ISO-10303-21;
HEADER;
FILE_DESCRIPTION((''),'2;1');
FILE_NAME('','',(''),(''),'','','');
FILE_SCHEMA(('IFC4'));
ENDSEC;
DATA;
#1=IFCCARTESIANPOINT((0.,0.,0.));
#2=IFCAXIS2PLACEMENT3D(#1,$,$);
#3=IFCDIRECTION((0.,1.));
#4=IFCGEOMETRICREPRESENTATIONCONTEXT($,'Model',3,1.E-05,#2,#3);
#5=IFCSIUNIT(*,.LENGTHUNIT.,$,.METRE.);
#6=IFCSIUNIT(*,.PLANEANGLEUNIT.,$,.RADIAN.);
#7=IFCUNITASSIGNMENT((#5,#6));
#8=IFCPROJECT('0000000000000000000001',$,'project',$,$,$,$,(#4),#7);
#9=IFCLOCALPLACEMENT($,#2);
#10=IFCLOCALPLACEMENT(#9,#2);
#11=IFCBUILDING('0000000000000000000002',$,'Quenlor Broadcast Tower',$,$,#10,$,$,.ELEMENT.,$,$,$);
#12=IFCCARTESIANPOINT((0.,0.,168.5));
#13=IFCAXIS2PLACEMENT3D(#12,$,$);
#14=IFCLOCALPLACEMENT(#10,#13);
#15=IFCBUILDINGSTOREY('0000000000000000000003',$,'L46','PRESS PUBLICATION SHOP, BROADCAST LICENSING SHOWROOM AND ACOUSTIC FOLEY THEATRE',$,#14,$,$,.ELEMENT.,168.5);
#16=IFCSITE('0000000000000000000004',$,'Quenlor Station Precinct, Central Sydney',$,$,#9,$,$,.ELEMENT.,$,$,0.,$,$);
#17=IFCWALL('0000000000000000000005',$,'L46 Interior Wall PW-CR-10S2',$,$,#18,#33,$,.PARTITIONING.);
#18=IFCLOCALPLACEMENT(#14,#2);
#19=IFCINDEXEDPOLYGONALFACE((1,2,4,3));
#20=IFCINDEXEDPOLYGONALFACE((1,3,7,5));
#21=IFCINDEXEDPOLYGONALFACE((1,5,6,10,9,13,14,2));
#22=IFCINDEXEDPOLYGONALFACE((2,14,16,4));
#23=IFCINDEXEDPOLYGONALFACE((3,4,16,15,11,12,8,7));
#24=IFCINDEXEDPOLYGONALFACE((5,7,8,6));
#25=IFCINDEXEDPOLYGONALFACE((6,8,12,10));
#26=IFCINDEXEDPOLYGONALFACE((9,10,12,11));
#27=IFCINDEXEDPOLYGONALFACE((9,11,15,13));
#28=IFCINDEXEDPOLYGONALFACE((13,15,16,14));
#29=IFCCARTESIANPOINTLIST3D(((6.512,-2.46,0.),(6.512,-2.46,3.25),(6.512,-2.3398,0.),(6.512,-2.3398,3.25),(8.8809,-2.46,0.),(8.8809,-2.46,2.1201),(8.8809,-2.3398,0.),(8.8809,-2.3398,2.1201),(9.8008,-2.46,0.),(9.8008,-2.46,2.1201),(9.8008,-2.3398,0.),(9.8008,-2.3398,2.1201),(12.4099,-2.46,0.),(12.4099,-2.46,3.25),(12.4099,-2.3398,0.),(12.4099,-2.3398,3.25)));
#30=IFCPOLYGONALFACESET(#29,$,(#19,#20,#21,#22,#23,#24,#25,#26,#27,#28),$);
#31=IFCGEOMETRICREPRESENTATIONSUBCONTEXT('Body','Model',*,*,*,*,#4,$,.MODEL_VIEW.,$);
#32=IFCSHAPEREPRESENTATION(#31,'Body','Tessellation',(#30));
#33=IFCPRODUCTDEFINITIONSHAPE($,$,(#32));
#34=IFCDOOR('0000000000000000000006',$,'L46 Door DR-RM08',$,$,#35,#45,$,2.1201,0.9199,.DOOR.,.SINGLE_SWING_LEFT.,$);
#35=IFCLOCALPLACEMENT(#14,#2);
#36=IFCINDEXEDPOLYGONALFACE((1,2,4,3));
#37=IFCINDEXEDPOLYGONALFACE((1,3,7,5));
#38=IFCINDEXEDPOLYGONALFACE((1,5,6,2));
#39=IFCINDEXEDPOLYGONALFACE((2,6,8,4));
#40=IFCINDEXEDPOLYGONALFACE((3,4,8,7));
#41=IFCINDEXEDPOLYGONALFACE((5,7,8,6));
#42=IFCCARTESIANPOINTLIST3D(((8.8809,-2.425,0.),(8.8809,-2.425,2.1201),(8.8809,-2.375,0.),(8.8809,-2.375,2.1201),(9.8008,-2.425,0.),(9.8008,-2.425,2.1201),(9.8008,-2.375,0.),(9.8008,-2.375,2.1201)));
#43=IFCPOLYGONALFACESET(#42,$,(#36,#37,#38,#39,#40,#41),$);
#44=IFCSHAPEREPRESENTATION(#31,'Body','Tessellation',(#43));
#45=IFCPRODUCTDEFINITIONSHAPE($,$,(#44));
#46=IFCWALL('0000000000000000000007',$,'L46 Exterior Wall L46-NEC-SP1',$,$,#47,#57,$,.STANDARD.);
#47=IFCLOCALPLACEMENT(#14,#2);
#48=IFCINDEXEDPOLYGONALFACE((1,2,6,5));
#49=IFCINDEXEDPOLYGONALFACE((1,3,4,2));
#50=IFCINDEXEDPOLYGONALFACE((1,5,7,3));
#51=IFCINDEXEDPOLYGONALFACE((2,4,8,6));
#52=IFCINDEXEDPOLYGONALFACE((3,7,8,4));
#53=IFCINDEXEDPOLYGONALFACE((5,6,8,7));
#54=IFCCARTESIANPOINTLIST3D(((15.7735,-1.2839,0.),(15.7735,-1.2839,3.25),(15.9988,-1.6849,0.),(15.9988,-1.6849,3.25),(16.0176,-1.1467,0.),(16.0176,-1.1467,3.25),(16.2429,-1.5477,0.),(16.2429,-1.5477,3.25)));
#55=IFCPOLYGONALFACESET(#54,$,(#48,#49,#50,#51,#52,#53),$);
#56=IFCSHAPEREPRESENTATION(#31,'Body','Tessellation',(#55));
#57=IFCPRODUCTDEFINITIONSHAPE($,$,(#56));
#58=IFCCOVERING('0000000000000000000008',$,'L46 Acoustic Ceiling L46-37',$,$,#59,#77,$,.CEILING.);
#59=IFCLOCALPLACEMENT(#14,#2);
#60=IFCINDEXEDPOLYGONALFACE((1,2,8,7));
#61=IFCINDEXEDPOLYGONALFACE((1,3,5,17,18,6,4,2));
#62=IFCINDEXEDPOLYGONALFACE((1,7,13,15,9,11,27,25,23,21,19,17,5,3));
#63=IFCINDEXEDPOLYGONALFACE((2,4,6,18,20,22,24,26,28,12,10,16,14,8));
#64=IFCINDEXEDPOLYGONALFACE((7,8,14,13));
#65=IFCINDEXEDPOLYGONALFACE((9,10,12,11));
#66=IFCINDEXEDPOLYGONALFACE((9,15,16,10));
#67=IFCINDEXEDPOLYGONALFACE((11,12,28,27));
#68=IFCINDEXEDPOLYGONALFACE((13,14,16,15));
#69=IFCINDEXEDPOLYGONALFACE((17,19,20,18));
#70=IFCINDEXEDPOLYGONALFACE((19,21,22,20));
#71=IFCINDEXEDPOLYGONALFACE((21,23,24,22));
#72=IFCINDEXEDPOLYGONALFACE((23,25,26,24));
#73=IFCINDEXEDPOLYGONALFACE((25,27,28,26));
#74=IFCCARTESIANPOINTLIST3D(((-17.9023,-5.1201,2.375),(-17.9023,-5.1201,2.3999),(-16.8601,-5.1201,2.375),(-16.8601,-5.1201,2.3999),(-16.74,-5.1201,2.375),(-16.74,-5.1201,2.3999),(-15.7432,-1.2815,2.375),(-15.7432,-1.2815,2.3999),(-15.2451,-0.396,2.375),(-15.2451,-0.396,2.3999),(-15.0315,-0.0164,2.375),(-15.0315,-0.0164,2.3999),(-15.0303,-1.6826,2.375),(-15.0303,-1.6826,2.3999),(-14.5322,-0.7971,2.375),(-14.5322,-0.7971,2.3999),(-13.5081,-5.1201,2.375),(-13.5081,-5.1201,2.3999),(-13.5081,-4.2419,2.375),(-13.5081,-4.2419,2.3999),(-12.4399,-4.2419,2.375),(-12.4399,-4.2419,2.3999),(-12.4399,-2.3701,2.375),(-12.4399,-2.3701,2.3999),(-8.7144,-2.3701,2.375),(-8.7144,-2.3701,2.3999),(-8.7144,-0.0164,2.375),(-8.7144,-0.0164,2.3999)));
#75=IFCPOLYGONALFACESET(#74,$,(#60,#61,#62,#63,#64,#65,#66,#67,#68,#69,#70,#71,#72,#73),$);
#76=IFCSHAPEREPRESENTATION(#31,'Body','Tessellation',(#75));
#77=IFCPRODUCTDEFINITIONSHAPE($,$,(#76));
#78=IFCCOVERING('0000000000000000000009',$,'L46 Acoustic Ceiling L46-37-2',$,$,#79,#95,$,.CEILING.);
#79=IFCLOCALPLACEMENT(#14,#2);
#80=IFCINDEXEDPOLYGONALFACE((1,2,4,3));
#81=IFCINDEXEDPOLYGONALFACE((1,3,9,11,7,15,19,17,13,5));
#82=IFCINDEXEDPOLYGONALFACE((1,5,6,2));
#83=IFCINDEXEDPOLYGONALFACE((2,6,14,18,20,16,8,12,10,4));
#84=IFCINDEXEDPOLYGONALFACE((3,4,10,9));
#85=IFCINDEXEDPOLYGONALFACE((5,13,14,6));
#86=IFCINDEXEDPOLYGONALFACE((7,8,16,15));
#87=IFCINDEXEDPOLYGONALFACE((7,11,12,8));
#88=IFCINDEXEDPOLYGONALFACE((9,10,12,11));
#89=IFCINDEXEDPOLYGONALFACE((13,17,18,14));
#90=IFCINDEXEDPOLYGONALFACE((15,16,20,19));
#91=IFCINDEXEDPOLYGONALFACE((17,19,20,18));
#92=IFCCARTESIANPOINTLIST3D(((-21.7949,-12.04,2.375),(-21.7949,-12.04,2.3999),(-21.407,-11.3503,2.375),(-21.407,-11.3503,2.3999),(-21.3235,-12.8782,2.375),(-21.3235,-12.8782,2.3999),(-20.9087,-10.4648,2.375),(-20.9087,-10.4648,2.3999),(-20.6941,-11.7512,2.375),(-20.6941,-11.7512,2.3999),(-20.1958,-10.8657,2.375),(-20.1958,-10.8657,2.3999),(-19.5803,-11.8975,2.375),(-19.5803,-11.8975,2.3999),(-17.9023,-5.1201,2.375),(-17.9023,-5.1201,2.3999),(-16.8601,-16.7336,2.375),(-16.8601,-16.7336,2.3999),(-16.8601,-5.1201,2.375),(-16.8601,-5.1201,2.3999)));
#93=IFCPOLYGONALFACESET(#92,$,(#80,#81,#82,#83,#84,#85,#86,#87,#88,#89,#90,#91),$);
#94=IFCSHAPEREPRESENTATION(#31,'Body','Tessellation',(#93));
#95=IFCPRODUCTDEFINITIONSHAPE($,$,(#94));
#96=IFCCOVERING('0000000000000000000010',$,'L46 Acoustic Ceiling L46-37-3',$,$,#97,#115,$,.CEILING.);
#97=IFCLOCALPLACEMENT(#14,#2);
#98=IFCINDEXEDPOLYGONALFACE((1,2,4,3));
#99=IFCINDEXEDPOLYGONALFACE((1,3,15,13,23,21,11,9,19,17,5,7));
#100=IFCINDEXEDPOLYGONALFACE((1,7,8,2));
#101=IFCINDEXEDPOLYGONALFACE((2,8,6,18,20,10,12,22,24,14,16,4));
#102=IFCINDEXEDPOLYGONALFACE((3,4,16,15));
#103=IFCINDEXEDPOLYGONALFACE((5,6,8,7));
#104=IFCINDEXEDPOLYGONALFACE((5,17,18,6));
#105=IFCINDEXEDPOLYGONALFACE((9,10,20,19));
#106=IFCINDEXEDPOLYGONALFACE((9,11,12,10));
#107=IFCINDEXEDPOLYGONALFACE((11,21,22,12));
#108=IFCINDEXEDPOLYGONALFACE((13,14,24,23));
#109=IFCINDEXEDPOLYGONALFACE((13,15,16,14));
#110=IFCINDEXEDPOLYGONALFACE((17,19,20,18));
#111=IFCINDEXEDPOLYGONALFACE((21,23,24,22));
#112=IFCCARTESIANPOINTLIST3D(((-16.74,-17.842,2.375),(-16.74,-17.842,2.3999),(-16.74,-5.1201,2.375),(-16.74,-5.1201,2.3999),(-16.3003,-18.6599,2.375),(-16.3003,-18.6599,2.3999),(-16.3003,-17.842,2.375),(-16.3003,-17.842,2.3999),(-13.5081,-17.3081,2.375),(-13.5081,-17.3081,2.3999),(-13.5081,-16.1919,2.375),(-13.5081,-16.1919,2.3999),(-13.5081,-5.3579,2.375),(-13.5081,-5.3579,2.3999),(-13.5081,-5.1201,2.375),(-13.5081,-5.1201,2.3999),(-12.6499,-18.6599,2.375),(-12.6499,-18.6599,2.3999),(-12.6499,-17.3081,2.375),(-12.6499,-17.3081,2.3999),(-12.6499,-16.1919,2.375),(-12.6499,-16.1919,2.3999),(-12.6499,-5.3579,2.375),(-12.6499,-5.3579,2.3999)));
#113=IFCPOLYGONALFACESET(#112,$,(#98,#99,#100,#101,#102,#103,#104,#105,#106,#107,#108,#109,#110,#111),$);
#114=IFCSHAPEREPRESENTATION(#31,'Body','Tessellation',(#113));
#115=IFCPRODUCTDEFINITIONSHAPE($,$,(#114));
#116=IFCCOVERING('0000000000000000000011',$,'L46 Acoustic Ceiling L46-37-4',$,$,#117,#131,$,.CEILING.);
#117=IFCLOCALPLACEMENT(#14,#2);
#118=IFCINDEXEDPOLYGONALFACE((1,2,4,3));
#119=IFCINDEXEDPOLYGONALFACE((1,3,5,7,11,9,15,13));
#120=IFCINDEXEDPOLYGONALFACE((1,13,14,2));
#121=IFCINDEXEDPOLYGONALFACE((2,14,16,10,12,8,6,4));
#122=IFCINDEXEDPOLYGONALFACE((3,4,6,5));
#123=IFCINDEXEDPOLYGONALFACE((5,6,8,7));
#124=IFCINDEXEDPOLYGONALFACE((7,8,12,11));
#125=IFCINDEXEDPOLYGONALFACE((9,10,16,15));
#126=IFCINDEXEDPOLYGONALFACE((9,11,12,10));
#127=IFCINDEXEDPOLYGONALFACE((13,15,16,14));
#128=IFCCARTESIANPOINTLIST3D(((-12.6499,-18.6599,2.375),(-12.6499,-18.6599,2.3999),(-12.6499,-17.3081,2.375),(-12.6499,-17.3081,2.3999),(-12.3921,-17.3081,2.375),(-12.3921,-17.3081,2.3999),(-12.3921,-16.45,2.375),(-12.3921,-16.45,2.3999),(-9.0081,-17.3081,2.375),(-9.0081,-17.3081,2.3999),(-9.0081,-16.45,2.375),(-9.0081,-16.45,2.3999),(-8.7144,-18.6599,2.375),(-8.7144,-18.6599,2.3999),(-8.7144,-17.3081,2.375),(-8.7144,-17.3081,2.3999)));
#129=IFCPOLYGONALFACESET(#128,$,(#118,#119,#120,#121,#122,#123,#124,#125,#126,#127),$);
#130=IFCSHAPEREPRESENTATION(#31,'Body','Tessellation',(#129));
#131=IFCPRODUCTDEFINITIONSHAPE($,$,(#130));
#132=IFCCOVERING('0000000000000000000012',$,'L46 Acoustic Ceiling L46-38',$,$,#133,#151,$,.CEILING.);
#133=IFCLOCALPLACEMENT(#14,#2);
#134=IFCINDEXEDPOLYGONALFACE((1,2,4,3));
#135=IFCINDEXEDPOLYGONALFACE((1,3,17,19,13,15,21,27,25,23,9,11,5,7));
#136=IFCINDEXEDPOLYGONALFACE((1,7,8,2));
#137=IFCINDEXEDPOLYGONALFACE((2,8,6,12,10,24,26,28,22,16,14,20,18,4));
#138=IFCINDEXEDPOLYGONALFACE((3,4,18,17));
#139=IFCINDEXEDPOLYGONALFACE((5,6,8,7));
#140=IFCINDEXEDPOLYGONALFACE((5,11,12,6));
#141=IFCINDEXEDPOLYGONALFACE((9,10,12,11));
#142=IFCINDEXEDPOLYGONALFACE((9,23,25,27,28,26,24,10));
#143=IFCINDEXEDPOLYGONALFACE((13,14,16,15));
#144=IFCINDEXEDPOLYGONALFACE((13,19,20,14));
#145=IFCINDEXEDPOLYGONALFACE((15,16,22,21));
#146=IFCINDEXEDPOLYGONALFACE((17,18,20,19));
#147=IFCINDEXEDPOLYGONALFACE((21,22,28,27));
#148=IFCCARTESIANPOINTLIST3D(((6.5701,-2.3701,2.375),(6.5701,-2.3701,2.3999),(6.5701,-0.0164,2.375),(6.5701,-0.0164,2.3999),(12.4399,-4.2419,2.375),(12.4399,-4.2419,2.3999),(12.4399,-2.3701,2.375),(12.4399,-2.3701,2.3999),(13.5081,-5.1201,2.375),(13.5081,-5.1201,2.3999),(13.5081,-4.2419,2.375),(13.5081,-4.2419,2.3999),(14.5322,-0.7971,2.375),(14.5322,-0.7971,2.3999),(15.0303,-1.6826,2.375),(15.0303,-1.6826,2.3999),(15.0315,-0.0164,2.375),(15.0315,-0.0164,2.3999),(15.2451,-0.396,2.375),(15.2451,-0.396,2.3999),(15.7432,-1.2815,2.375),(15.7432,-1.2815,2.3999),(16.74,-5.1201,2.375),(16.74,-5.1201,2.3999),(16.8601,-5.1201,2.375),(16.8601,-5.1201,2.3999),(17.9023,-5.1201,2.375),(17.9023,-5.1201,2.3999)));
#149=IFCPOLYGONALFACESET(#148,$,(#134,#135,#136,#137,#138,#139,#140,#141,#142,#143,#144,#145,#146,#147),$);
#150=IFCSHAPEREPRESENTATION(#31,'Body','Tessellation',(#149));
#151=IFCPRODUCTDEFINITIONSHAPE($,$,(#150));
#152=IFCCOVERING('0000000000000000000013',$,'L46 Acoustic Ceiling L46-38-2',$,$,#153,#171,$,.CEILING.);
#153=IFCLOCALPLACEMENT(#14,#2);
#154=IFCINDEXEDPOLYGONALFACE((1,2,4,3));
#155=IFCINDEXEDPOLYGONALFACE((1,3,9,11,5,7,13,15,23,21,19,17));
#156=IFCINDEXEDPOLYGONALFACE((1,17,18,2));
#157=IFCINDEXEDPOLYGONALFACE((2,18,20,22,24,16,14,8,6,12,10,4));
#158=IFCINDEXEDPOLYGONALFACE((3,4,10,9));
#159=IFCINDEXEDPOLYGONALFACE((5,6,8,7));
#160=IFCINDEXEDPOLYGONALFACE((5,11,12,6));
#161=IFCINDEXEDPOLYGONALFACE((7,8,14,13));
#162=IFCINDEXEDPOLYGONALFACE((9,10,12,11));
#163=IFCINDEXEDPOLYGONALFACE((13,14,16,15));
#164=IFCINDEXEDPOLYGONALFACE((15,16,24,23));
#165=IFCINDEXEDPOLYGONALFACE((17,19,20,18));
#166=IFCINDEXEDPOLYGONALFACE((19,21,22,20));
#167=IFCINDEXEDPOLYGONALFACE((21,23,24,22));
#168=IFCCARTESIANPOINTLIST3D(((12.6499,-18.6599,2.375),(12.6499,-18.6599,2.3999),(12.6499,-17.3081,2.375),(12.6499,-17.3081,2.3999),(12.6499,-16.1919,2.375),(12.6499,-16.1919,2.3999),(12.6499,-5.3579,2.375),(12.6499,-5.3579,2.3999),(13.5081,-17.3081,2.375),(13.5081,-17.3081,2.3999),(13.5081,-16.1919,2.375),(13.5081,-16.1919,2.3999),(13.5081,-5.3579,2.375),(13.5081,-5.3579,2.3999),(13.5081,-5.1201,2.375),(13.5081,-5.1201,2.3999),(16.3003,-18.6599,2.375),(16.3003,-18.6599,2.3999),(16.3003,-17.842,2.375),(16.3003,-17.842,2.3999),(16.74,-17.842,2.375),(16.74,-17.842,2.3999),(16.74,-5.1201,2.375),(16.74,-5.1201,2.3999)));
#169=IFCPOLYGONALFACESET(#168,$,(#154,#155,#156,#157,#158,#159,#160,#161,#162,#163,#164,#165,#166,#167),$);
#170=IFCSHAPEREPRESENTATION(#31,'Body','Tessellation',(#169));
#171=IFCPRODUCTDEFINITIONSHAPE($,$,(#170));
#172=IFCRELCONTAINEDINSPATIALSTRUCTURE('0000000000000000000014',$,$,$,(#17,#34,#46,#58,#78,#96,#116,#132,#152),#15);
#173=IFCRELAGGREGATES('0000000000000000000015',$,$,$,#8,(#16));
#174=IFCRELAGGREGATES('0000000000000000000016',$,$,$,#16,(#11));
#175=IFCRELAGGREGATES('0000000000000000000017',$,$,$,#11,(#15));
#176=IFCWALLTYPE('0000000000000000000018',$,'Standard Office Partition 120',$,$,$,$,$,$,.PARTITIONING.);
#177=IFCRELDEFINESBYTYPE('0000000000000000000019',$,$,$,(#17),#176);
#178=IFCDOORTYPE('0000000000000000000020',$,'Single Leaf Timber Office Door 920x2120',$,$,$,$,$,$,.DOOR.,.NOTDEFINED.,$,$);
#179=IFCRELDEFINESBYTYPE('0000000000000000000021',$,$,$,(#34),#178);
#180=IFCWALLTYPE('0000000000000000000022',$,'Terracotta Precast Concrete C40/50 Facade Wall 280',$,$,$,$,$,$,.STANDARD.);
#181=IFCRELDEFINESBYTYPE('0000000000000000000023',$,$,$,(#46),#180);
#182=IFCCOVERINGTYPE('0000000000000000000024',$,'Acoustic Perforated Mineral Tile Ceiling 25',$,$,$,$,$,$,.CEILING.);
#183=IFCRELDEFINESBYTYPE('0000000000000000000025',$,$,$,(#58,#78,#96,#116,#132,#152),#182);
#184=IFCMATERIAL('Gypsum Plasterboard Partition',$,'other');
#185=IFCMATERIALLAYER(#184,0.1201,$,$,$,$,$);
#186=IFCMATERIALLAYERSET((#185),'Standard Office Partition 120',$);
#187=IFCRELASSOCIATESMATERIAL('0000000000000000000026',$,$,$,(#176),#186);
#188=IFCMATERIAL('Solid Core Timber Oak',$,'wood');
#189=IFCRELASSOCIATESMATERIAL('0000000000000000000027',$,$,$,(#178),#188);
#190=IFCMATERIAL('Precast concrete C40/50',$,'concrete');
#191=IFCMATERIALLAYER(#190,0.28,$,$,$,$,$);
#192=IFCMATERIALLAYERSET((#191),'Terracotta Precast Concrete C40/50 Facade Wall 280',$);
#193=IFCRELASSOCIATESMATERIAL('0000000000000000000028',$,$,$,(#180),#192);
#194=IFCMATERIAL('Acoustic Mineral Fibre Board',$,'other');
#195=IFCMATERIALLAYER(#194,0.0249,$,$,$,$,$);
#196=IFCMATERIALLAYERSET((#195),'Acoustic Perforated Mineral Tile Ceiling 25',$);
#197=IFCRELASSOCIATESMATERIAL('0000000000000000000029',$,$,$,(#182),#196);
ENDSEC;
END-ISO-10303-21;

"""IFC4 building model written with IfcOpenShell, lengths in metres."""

from ifc_helpers import new_model, si_unit, direction, frame, frame_2d, origin, place, context, subcontext, project, spatial, polyline, rectangle, outline, extrude, material, layer, layer_set, type_object, element, fill, save


model = new_model("IFC4")

# Units and contexts
model_context = context("Model", 3, precision=1e-05, world=origin(), true_north=direction((0.0, 1.0)))
body_context = subcontext(model_context, "Body", "Model", "MODEL_VIEW")
ifc_project = project(units=[si_unit("LENGTHUNIT", "METRE"), si_unit("PLANEANGLEUNIT", "RADIAN")], contexts=[model_context])

# Site, building, storey
site_placement = place(None, origin())
site = spatial("IfcSite", under=ifc_project, at=site_placement, Name="Quenlor Station Precinct, Central Sydney", CompositionType="ELEMENT", RefElevation=0.0)
building_placement = place(site_placement, origin())
building = spatial("IfcBuilding", under=site, at=building_placement, Name="Quenlor Broadcast Tower", CompositionType="ELEMENT")
storey_placement = place(building_placement, frame((0.0, 0.0, 168.5)))
storey = spatial("IfcBuildingStorey", under=building, at=storey_placement, Name="L46", Description="PRESS PUBLICATION SHOP, BROADCAST LICENSING SHOWROOM AND ACOUSTIC FOLEY THEATRE", CompositionType="ELEMENT", Elevation=168.5)

# Shared definitions
ifc_material_1 = material(Name="Gypsum Plasterboard Partition", Category="other")
ifc_layer_1 = layer(ifc_material_1, 0.1201)
ifc_layer_set_1 = layer_set([ifc_layer_1], Name="Standard Office Partition 120")
wall_type_1 = type_object("IfcWallType", Name="Standard Office Partition 120", PredefinedType="PARTITIONING", material=ifc_layer_set_1)

# Wall, opening, door
wall_1_placement = place(storey_placement, frame((6.512, -2.3999, 0.0), z_axis=(0.0, 0.0, 1.0), x_axis=(1.0, 0.0, 0.0)))
wall_1 = element("IfcWall", 1, at=wall_1_placement, inside=storey, type_object=wall_type_1, Name="L46 Interior Wall PW-CR-10S2", PredefinedType="PARTITIONING", context=body_context, shape_type="SweptSolid", body=[
    extrude(rectangle(XDim=5.8979, YDim=0.1201, at=frame_2d((2.949, 0.0))), origin(), (0.0, 0.0, 1.0), 3.25),
])
opening_placement = place(wall_1_placement, frame((2.3689, 0.0, 0.0)))
opening = element("IfcOpeningElement", 2, at=opening_placement, cuts=wall_1, PredefinedType="OPENING", context=body_context, shape_type="SweptSolid", body=[
    extrude(rectangle(XDim=0.9199, YDim=2.1201, at=frame_2d((0.46, 1.0601))), frame((0.0, 0.0701, 0.0), z_axis=(0.0, -1.0, 0.0), x_axis=(1.0, 0.0, 0.0)), (0.0, 0.0, 1.0), 0.1401),
])
ifc_material_2 = material(Name="Solid Core Timber Oak", Category="wood")
door_type = type_object("IfcDoorType", Name="Single Leaf Timber Office Door 920x2120", OperationType="NOTDEFINED", PredefinedType="DOOR", material=ifc_material_2)
door_placement = place(opening_placement, origin())
door = element("IfcDoor", 3, at=door_placement, inside=storey, type_object=door_type, Name="L46 Door DR-RM08", OperationType="SINGLE_SWING_LEFT", OverallHeight=2.1201, OverallWidth=0.9199, PredefinedType="DOOR", context=body_context, shape_type="SweptSolid", body=[
    extrude(rectangle(XDim=0.9199, YDim=2.1201, at=frame_2d((0.46, 1.0601))), frame((0.0, 0.0249, 0.0), z_axis=(0.0, -1.0, 0.0), x_axis=(1.0, 0.0, 0.0)), (0.0, 0.0, 1.0), 0.05),
])
fill(opening, door)

# Wall
ifc_material_3 = material(Name="Precast concrete C40/50", Category="concrete")
ifc_layer_2 = layer(ifc_material_3, 0.28)
ifc_layer_set_2 = layer_set([ifc_layer_2], Name="Terracotta Precast Concrete C40/50 Facade Wall 280")
wall_type_2 = type_object("IfcWallType", Name="Terracotta Precast Concrete C40/50 Facade Wall 280", PredefinedType="STANDARD", material=ifc_layer_set_2)
wall_2_placement = place(storey_placement, frame((15.8955, -1.2153, 0.0), z_axis=(0.0, 0.0, 1.0), x_axis=(0.490009, -0.871717, 0.0)))
element("IfcWall", 4, at=wall_2_placement, inside=storey, type_object=wall_type_2, Name="L46 Exterior Wall L46-NEC-SP1", PredefinedType="STANDARD", context=body_context, shape_type="SweptSolid", body=[
    extrude(rectangle(XDim=0.46, YDim=0.28, at=frame_2d((0.23, 0.0))), origin(), (0.0, 0.0, 1.0), 3.25),
])

# Coverings
ifc_material_4 = material(Name="Acoustic Mineral Fibre Board", Category="other")
ifc_layer_3 = layer(ifc_material_4, 0.0249)
ifc_layer_set_3 = layer_set([ifc_layer_3], Name="Acoustic Perforated Mineral Tile Ceiling 25")
covering_type = type_object("IfcCoveringType", Name="Acoustic Perforated Mineral Tile Ceiling 25", PredefinedType="CEILING", material=ifc_layer_set_3)
covering_1_placement = place(storey_placement, frame((0.0, 0.0, 2.375)))
element("IfcCovering", 5, at=covering_1_placement, inside=storey, type_object=covering_type, Name="L46 Acoustic Ceiling L46-37", PredefinedType="CEILING", context=body_context, shape_type="SweptSolid", body=[
    extrude(outline(polyline([(-15.7432, -1.2815), (-15.0303, -1.6826), (-14.5322, -0.7971), (-15.2451, -0.396), (-15.0315, -0.0164), (-8.7144, -0.0164), (-8.7144, -2.3701), (-12.4399, -2.3701), (-12.4399, -4.2419), (-13.5081, -4.2419), (-13.5081, -5.1201), (-16.74, -5.1201), (-16.8601, -5.1201), (-17.9023, -5.1201), (-15.7432, -1.2815)])), origin(), (0.0, 0.0, 1.0), 0.0249),
])
covering_2_placement = place(storey_placement, frame((0.0, 0.0, 2.375)))
element("IfcCovering", 6, at=covering_2_placement, inside=storey, type_object=covering_type, Name="L46 Acoustic Ceiling L46-37-2", PredefinedType="CEILING", context=body_context, shape_type="SweptSolid", body=[
    extrude(outline(polyline([(-20.1958, -10.8657), (-20.9087, -10.4648), (-17.9023, -5.1201), (-16.8601, -5.1201), (-16.8601, -16.7336), (-19.5803, -11.8975), (-21.3235, -12.8782), (-21.7949, -12.04), (-21.407, -11.3503), (-20.6941, -11.7512), (-20.1958, -10.8657)])), origin(), (0.0, 0.0, 1.0), 0.0249),
])
covering_3_placement = place(storey_placement, frame((0.0, 0.0, 2.375)))
element("IfcCovering", 7, at=covering_3_placement, inside=storey, type_object=covering_type, Name="L46 Acoustic Ceiling L46-37-3", PredefinedType="CEILING", context=body_context, shape_type="SweptSolid", body=[
    extrude(outline(polyline([(-13.5081, -5.3579), (-12.6499, -5.3579), (-12.6499, -16.1919), (-13.5081, -16.1919), (-13.5081, -17.3081), (-12.6499, -17.3081), (-12.6499, -18.6599), (-16.3003, -18.6599), (-16.3003, -17.842), (-16.74, -17.842), (-16.74, -5.1201), (-13.5081, -5.1201), (-13.5081, -5.3579)])), origin(), (0.0, 0.0, 1.0), 0.0249),
])
covering_4_placement = place(storey_placement, frame((0.0, 0.0, 2.375)))
element("IfcCovering", 8, at=covering_4_placement, inside=storey, type_object=covering_type, Name="L46 Acoustic Ceiling L46-37-4", PredefinedType="CEILING", context=body_context, shape_type="SweptSolid", body=[
    extrude(outline(polyline([(-12.3921, -17.3081), (-12.3921, -16.45), (-9.0081, -16.45), (-9.0081, -17.3081), (-8.7144, -17.3081), (-8.7144, -18.6599), (-12.6499, -18.6599), (-12.6499, -17.3081), (-12.3921, -17.3081)])), origin(), (0.0, 0.0, 1.0), 0.0249),
])
covering_5_placement = place(storey_placement, frame((0.0, 0.0, 2.375)))
element("IfcCovering", 9, at=covering_5_placement, inside=storey, type_object=covering_type, Name="L46 Acoustic Ceiling L46-38", PredefinedType="CEILING", context=body_context, shape_type="SweptSolid", body=[
    extrude(outline(polyline([(13.5081, -4.2419), (12.4399, -4.2419), (12.4399, -2.3701), (6.5701, -2.3701), (6.5701, -0.0164), (15.0315, -0.0164), (15.2451, -0.396), (14.5322, -0.7971), (15.0303, -1.6826), (15.7432, -1.2815), (17.9023, -5.1201), (16.8601, -5.1201), (16.74, -5.1201), (13.5081, -5.1201), (13.5081, -4.2419)])), origin(), (0.0, 0.0, 1.0), 0.0249),
])
covering_6_placement = place(storey_placement, frame((0.0, 0.0, 2.375)))
element("IfcCovering", 10, at=covering_6_placement, inside=storey, type_object=covering_type, Name="L46 Acoustic Ceiling L46-38-2", PredefinedType="CEILING", context=body_context, shape_type="SweptSolid", body=[
    extrude(outline(polyline([(13.5081, -5.1201), (16.74, -5.1201), (16.74, -17.842), (16.3003, -17.842), (16.3003, -18.6599), (12.6499, -18.6599), (12.6499, -17.3081), (13.5081, -17.3081), (13.5081, -16.1919), (12.6499, -16.1919), (12.6499, -5.3579), (13.5081, -5.3579), (13.5081, -5.1201)])), origin(), (0.0, 0.0, 1.0), 0.0249),
])

save(model, "model.ifc")
